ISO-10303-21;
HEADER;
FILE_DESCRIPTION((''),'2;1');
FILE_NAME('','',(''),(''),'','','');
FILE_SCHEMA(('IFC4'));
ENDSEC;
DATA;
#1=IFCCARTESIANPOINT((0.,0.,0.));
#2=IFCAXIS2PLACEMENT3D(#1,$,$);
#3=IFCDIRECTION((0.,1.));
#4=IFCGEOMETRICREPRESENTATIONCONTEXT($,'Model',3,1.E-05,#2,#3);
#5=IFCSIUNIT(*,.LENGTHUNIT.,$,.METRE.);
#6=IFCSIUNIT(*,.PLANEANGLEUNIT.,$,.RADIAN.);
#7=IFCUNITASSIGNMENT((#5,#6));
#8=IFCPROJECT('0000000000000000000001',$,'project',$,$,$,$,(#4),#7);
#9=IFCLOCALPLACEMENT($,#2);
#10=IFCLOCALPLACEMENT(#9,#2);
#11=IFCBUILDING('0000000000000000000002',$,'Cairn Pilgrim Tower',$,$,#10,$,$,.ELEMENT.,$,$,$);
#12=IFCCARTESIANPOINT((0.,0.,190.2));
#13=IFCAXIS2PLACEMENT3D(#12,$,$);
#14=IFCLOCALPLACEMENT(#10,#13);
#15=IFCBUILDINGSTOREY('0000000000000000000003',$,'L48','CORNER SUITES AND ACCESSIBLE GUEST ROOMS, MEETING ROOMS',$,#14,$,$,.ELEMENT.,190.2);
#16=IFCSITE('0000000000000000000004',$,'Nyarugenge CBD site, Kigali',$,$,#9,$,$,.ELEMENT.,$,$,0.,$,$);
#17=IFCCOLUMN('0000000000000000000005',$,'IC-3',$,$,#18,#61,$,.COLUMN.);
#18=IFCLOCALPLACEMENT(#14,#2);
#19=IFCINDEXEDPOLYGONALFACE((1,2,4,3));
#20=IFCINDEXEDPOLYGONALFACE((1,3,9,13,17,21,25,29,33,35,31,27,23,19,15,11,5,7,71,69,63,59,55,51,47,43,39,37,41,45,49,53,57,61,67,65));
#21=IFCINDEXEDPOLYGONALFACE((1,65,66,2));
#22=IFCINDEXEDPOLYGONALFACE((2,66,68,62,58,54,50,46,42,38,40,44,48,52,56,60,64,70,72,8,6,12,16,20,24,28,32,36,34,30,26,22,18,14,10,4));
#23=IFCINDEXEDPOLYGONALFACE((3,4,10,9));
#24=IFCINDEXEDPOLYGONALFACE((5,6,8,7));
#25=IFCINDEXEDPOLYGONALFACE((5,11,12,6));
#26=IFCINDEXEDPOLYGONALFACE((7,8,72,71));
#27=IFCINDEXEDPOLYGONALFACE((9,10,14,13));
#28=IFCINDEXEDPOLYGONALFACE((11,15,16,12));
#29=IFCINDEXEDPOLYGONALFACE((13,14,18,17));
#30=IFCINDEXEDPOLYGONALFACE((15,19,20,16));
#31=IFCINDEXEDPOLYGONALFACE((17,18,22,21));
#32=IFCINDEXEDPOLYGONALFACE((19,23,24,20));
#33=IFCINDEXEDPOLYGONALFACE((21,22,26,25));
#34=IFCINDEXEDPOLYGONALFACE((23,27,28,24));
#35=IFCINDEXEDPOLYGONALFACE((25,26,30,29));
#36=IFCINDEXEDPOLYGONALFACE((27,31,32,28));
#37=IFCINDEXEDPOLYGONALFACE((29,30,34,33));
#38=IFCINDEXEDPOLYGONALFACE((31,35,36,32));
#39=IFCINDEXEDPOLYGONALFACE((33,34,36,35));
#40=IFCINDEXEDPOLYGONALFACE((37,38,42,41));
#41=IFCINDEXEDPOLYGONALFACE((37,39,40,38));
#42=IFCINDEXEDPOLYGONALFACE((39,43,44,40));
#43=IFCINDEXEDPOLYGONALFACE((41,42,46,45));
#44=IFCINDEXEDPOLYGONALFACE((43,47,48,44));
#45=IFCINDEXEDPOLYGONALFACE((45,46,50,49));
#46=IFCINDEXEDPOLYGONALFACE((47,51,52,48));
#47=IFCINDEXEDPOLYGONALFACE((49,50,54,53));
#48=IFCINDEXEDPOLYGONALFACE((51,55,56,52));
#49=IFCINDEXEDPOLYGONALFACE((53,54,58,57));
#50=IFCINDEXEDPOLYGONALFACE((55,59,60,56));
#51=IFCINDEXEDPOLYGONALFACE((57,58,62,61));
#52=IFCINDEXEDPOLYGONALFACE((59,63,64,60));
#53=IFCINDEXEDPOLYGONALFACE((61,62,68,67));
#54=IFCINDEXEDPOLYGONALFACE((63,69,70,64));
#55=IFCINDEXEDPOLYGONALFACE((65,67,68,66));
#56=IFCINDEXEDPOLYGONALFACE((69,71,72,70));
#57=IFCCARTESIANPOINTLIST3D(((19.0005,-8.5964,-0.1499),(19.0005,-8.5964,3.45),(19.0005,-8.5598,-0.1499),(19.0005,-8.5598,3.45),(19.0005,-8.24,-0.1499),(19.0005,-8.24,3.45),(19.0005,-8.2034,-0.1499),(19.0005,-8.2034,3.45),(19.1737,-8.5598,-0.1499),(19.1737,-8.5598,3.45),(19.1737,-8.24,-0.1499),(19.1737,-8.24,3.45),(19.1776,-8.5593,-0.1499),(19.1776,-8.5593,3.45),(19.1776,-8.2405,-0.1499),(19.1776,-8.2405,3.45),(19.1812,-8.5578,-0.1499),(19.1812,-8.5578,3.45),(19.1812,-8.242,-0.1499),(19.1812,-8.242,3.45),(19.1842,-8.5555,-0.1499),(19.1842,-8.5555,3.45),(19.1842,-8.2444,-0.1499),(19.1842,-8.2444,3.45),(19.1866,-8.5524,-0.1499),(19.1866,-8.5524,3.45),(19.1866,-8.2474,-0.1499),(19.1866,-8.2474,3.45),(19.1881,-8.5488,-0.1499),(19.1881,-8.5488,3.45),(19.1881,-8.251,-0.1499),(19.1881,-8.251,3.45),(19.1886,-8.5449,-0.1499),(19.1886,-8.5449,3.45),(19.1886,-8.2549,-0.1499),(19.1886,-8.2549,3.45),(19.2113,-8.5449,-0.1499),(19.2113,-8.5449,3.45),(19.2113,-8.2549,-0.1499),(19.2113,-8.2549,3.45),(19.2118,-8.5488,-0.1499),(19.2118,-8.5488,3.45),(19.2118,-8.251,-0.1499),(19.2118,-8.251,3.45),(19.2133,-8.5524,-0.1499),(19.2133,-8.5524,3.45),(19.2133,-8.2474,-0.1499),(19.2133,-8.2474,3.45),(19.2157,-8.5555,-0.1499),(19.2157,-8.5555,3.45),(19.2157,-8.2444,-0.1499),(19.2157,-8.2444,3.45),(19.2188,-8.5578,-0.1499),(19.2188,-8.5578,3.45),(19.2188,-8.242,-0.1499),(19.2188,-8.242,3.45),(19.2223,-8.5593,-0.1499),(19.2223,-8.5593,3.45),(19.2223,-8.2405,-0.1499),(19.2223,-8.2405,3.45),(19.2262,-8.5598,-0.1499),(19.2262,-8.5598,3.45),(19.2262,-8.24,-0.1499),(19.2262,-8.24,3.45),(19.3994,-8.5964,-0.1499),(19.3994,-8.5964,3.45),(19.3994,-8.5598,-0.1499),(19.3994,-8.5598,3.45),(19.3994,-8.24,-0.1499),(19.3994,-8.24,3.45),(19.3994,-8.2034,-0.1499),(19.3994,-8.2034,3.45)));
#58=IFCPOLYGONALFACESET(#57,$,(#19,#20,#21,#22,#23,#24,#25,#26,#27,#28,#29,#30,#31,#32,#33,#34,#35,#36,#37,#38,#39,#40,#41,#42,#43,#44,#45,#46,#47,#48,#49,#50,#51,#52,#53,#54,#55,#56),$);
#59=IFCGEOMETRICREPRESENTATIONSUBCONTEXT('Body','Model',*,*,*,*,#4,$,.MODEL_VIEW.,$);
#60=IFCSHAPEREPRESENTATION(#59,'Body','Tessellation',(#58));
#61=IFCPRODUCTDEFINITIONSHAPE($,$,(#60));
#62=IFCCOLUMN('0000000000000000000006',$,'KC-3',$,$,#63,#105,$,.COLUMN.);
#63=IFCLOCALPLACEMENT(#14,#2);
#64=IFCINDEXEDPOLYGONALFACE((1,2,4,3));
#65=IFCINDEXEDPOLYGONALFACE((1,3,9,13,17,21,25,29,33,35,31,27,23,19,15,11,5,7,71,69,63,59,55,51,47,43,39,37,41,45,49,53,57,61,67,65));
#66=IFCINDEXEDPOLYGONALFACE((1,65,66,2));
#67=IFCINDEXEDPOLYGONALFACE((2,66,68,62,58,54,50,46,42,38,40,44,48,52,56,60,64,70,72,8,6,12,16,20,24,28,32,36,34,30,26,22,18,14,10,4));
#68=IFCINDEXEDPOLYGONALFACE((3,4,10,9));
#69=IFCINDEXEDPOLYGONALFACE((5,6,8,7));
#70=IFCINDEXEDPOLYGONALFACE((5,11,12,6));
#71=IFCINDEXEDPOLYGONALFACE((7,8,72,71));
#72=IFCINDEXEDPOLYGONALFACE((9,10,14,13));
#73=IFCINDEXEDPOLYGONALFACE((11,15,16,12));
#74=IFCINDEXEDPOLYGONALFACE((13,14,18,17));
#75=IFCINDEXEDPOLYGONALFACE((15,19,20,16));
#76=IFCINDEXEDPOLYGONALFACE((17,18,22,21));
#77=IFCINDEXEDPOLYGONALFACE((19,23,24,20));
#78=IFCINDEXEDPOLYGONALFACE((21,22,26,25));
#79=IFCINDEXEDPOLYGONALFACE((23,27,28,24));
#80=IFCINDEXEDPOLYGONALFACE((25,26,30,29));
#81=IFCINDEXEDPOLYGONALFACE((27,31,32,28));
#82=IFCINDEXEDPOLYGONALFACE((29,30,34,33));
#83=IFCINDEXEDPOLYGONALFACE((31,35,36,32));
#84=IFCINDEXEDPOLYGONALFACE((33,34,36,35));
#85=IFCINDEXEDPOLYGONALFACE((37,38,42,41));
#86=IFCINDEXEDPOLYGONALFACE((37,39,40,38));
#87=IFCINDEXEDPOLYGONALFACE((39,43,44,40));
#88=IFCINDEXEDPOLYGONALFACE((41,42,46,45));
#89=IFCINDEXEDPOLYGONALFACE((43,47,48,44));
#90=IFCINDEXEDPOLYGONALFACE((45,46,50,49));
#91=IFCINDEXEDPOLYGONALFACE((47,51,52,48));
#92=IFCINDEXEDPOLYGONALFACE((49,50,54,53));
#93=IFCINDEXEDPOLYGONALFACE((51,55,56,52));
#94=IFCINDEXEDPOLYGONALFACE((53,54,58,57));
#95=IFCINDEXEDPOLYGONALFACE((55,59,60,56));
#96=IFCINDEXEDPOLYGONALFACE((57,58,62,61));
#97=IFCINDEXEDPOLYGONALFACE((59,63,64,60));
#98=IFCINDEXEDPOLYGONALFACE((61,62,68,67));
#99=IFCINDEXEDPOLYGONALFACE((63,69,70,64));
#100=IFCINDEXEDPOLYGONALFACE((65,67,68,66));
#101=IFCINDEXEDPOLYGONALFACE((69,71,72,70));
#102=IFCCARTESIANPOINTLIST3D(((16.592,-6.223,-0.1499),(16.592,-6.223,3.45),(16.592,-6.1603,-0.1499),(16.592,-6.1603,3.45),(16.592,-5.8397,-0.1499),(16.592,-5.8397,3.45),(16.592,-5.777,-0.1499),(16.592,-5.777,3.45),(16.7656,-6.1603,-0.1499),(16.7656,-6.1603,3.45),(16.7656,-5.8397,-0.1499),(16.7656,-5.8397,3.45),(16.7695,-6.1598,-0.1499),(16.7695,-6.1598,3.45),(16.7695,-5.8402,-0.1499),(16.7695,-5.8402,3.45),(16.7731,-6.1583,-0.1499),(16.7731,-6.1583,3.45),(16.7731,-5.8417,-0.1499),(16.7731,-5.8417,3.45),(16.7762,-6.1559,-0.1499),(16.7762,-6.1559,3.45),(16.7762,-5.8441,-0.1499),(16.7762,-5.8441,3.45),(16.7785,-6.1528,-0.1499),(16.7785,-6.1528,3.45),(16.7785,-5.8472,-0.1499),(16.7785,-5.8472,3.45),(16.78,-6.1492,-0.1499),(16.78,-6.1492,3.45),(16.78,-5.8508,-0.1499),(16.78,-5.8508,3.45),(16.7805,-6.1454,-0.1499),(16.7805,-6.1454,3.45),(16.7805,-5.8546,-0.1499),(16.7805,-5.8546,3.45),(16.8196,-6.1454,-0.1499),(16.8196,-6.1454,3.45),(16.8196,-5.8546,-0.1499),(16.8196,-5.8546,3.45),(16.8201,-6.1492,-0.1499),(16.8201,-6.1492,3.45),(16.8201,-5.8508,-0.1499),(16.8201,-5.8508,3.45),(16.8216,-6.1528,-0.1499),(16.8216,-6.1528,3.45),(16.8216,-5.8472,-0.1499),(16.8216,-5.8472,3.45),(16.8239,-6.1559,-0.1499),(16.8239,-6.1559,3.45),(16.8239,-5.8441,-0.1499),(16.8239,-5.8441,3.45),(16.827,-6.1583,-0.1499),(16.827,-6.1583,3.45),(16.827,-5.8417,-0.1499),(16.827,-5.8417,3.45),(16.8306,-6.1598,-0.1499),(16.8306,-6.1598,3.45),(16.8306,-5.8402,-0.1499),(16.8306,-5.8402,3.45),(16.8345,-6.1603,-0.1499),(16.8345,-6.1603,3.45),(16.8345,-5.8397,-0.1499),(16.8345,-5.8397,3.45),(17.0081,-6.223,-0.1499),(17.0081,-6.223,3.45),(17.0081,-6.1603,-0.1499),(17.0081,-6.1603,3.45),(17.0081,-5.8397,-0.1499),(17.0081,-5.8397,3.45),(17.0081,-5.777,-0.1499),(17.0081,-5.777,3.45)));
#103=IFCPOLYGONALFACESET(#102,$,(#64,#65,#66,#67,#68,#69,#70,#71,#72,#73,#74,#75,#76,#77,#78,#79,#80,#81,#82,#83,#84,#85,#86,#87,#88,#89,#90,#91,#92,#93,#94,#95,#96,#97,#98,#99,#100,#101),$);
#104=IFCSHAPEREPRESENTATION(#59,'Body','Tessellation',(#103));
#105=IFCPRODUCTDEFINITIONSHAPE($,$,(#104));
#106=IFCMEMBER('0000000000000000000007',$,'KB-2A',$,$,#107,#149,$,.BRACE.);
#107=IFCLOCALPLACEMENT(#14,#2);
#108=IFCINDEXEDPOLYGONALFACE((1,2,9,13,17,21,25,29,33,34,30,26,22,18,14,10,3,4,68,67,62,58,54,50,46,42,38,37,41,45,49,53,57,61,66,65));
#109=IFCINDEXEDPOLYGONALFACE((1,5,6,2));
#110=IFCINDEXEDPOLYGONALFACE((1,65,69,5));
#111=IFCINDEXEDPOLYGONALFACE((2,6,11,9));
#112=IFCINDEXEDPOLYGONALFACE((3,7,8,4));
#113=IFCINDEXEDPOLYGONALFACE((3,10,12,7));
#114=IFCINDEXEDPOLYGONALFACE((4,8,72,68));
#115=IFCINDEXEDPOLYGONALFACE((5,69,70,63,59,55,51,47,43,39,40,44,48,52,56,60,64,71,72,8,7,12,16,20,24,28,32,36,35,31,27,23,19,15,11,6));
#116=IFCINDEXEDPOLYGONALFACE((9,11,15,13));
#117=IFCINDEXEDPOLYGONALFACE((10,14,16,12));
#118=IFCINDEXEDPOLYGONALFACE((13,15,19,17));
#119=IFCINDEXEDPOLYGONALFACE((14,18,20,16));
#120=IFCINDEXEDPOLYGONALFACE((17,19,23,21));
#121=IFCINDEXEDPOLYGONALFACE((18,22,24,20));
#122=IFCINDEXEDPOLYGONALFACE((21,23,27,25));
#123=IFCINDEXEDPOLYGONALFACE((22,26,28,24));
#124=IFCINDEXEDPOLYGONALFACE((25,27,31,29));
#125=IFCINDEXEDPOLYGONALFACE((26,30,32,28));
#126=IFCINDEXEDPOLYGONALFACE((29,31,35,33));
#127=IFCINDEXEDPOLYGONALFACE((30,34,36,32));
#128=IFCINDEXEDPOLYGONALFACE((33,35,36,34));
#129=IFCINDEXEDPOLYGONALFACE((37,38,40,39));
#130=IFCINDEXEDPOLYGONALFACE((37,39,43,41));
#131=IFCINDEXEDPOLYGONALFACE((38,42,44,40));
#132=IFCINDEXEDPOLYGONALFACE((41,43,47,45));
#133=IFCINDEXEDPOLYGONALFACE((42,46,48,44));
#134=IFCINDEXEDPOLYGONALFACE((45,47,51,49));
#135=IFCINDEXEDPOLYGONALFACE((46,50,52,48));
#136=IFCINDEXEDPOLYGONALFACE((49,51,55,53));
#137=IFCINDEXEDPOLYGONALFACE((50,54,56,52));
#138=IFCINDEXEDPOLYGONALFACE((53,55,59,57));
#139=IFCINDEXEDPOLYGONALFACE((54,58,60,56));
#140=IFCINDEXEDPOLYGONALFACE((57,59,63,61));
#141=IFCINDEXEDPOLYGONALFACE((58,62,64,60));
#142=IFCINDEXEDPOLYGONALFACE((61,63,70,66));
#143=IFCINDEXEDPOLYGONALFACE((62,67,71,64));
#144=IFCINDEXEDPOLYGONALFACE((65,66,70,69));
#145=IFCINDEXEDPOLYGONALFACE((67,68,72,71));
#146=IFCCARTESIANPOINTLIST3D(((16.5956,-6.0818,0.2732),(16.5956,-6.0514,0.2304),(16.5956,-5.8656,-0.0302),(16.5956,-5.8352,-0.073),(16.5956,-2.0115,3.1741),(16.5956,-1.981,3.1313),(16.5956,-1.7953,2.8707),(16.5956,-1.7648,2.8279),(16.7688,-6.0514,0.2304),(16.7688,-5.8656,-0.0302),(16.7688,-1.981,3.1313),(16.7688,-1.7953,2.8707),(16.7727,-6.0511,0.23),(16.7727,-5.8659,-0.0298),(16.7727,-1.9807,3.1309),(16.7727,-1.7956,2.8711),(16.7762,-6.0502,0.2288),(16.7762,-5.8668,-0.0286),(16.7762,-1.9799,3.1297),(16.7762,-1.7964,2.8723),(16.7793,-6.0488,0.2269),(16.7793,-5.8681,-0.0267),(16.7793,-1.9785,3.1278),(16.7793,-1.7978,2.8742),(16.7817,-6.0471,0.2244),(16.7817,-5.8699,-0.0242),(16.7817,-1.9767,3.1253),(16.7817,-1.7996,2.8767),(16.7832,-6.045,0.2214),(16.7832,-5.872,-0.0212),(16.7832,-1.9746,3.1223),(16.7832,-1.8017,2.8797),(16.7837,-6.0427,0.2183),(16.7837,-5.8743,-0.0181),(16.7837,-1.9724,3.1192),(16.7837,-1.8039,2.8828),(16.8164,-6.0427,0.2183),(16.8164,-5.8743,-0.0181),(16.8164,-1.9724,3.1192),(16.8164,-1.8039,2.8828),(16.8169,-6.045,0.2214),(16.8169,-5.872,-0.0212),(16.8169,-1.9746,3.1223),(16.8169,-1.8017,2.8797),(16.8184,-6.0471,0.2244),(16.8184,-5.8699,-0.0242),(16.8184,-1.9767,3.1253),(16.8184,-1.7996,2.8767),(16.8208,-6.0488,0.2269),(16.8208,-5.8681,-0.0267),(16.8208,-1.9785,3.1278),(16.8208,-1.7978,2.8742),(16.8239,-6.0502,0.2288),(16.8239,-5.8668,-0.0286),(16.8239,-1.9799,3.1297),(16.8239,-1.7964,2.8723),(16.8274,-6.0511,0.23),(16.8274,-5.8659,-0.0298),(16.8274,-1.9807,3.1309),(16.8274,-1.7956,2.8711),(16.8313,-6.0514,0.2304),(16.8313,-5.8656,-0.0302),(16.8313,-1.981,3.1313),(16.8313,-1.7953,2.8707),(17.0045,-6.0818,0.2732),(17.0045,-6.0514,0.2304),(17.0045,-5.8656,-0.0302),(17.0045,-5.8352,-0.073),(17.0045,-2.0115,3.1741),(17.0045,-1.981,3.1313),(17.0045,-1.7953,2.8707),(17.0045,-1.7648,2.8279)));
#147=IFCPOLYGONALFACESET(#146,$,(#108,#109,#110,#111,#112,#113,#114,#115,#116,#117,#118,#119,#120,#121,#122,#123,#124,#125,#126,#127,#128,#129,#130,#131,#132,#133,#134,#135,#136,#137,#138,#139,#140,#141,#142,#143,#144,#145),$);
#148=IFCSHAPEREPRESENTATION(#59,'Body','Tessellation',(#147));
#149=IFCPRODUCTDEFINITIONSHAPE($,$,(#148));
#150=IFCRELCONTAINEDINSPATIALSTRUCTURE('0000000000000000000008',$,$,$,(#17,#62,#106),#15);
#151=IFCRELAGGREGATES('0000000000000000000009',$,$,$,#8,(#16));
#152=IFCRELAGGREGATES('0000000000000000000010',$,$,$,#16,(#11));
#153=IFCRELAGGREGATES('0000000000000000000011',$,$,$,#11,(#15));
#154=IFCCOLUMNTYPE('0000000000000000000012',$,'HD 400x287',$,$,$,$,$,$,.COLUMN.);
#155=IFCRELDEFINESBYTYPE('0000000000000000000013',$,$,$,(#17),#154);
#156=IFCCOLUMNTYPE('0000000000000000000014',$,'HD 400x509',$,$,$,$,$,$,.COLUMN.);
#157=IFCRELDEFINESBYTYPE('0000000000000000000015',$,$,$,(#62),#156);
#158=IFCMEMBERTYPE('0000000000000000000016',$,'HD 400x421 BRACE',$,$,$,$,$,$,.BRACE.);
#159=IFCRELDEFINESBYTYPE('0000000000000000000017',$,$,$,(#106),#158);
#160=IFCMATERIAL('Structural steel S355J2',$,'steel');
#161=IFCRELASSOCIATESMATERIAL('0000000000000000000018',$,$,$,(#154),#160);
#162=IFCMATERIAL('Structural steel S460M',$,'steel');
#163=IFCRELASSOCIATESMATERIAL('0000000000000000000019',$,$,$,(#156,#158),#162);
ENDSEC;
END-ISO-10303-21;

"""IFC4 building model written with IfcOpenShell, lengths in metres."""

from ifc_helpers import new_model, si_unit, direction, frame, origin, origin_2d, place, context, subcontext, project, spatial, i_section, extrude, material, material_profile, profile_set, type_object, element, save


model = new_model("IFC4")

# Units and contexts
model_context = context("Model", 3, precision=1e-05, world=origin(), true_north=direction((0.0, 1.0)))
body_context = subcontext(model_context, "Body", "Model", "MODEL_VIEW")
ifc_project = project(units=[si_unit("LENGTHUNIT", "METRE"), si_unit("PLANEANGLEUNIT", "RADIAN")], contexts=[model_context])

# Site, building, storey
site_placement = place(None, origin())
site = spatial("IfcSite", under=ifc_project, at=site_placement, Name="Nyarugenge CBD site, Kigali", CompositionType="ELEMENT", RefElevation=0.0)
building_placement = place(site_placement, origin())
building = spatial("IfcBuilding", under=site, at=building_placement, Name="Cairn Pilgrim Tower", CompositionType="ELEMENT")
storey_placement = place(building_placement, frame((0.0, 0.0, 190.2)))
storey = spatial("IfcBuildingStorey", under=building, at=storey_placement, Name="L48", Description="CORNER SUITES AND ACCESSIBLE GUEST ROOMS, MEETING ROOMS", CompositionType="ELEMENT", Elevation=190.2)

# Columns
ifc_material_1 = material(Name="Structural steel S355J2", Category="steel")
ifc_material_profile_1 = material_profile(ifc_material_1, i_section(OverallWidth=0.3989, OverallDepth=0.3931, WebThickness=0.0227, FlangeThickness=0.0366, FilletRadius=0.0149, at=origin_2d()), Name="HD 400x287")
ifc_profile_set_1 = profile_set([ifc_material_profile_1], Name="Structural steel S355J2")
column_type_1 = type_object("IfcColumnType", Name="HD 400x287", PredefinedType="COLUMN", material=ifc_profile_set_1)
column_1_placement = place(storey_placement, frame((19.2, -8.3999, -0.1499), z_axis=(0.0, 0.0, 1.0), x_axis=(1.0, 0.0, 0.0)))
element("IfcColumn", 1, at=column_1_placement, inside=storey, type_object=column_type_1, Name="IC-3", PredefinedType="COLUMN", context=body_context, shape_type="SweptSolid", body=[
    extrude(i_section(OverallWidth=0.3989, OverallDepth=0.3931, WebThickness=0.0227, FlangeThickness=0.0366, FilletRadius=0.0149, at=origin_2d()), origin(), (0.0, 0.0, 1.0), 3.5999),
])
ifc_material_2 = material(Name="Structural steel S460M", Category="steel")
ifc_material_profile_2 = material_profile(ifc_material_2, i_section(OverallWidth=0.416, OverallDepth=0.446, WebThickness=0.0391, FlangeThickness=0.0627, FilletRadius=0.0149, at=origin_2d()), Name="HD 400x509")
ifc_profile_set_2 = profile_set([ifc_material_profile_2], Name="Structural steel S460M")
column_type_2 = type_object("IfcColumnType", Name="HD 400x509", PredefinedType="COLUMN", material=ifc_profile_set_2)
column_2_placement = place(storey_placement, frame((16.8, -6.0, -0.1499), z_axis=(0.0, 0.0, 1.0), x_axis=(1.0, 0.0, 0.0)))
element("IfcColumn", 2, at=column_2_placement, inside=storey, type_object=column_type_2, Name="KC-3", PredefinedType="COLUMN", context=body_context, shape_type="SweptSolid", body=[
    extrude(i_section(OverallWidth=0.416, OverallDepth=0.446, WebThickness=0.0391, FlangeThickness=0.0627, FilletRadius=0.0149, at=origin_2d()), origin(), (0.0, 0.0, 1.0), 3.5999),
])

# Member
ifc_material_profile_3 = material_profile(ifc_material_2, i_section(OverallWidth=0.4089, OverallDepth=0.425, WebThickness=0.0327, FlangeThickness=0.0525, FilletRadius=0.0149, at=origin_2d()), Name="HD 400x421")
ifc_profile_set_3 = profile_set([ifc_material_profile_3], Name="Structural steel S460M")
member_type = type_object("IfcMemberType", Name="HD 400x421 BRACE", PredefinedType="BRACE", material=ifc_profile_set_3)
member_placement = place(storey_placement, frame((16.8, -5.9585, 0.1001), z_axis=(0.0, 0.814347, 0.580378), x_axis=(-1.0, 0.0, 0.0)))
element("IfcMember", 3, at=member_placement, inside=storey, type_object=member_type, Name="KB-2A", PredefinedType="BRACE", context=body_context, shape_type="SweptSolid", body=[
    extrude(i_section(OverallWidth=0.4089, OverallDepth=0.425, WebThickness=0.0327, FlangeThickness=0.0525, FilletRadius=0.0149, at=origin_2d()), origin(), (0.0, 0.0, 1.0), 4.9983),
])

save(model, "model.ifc")
